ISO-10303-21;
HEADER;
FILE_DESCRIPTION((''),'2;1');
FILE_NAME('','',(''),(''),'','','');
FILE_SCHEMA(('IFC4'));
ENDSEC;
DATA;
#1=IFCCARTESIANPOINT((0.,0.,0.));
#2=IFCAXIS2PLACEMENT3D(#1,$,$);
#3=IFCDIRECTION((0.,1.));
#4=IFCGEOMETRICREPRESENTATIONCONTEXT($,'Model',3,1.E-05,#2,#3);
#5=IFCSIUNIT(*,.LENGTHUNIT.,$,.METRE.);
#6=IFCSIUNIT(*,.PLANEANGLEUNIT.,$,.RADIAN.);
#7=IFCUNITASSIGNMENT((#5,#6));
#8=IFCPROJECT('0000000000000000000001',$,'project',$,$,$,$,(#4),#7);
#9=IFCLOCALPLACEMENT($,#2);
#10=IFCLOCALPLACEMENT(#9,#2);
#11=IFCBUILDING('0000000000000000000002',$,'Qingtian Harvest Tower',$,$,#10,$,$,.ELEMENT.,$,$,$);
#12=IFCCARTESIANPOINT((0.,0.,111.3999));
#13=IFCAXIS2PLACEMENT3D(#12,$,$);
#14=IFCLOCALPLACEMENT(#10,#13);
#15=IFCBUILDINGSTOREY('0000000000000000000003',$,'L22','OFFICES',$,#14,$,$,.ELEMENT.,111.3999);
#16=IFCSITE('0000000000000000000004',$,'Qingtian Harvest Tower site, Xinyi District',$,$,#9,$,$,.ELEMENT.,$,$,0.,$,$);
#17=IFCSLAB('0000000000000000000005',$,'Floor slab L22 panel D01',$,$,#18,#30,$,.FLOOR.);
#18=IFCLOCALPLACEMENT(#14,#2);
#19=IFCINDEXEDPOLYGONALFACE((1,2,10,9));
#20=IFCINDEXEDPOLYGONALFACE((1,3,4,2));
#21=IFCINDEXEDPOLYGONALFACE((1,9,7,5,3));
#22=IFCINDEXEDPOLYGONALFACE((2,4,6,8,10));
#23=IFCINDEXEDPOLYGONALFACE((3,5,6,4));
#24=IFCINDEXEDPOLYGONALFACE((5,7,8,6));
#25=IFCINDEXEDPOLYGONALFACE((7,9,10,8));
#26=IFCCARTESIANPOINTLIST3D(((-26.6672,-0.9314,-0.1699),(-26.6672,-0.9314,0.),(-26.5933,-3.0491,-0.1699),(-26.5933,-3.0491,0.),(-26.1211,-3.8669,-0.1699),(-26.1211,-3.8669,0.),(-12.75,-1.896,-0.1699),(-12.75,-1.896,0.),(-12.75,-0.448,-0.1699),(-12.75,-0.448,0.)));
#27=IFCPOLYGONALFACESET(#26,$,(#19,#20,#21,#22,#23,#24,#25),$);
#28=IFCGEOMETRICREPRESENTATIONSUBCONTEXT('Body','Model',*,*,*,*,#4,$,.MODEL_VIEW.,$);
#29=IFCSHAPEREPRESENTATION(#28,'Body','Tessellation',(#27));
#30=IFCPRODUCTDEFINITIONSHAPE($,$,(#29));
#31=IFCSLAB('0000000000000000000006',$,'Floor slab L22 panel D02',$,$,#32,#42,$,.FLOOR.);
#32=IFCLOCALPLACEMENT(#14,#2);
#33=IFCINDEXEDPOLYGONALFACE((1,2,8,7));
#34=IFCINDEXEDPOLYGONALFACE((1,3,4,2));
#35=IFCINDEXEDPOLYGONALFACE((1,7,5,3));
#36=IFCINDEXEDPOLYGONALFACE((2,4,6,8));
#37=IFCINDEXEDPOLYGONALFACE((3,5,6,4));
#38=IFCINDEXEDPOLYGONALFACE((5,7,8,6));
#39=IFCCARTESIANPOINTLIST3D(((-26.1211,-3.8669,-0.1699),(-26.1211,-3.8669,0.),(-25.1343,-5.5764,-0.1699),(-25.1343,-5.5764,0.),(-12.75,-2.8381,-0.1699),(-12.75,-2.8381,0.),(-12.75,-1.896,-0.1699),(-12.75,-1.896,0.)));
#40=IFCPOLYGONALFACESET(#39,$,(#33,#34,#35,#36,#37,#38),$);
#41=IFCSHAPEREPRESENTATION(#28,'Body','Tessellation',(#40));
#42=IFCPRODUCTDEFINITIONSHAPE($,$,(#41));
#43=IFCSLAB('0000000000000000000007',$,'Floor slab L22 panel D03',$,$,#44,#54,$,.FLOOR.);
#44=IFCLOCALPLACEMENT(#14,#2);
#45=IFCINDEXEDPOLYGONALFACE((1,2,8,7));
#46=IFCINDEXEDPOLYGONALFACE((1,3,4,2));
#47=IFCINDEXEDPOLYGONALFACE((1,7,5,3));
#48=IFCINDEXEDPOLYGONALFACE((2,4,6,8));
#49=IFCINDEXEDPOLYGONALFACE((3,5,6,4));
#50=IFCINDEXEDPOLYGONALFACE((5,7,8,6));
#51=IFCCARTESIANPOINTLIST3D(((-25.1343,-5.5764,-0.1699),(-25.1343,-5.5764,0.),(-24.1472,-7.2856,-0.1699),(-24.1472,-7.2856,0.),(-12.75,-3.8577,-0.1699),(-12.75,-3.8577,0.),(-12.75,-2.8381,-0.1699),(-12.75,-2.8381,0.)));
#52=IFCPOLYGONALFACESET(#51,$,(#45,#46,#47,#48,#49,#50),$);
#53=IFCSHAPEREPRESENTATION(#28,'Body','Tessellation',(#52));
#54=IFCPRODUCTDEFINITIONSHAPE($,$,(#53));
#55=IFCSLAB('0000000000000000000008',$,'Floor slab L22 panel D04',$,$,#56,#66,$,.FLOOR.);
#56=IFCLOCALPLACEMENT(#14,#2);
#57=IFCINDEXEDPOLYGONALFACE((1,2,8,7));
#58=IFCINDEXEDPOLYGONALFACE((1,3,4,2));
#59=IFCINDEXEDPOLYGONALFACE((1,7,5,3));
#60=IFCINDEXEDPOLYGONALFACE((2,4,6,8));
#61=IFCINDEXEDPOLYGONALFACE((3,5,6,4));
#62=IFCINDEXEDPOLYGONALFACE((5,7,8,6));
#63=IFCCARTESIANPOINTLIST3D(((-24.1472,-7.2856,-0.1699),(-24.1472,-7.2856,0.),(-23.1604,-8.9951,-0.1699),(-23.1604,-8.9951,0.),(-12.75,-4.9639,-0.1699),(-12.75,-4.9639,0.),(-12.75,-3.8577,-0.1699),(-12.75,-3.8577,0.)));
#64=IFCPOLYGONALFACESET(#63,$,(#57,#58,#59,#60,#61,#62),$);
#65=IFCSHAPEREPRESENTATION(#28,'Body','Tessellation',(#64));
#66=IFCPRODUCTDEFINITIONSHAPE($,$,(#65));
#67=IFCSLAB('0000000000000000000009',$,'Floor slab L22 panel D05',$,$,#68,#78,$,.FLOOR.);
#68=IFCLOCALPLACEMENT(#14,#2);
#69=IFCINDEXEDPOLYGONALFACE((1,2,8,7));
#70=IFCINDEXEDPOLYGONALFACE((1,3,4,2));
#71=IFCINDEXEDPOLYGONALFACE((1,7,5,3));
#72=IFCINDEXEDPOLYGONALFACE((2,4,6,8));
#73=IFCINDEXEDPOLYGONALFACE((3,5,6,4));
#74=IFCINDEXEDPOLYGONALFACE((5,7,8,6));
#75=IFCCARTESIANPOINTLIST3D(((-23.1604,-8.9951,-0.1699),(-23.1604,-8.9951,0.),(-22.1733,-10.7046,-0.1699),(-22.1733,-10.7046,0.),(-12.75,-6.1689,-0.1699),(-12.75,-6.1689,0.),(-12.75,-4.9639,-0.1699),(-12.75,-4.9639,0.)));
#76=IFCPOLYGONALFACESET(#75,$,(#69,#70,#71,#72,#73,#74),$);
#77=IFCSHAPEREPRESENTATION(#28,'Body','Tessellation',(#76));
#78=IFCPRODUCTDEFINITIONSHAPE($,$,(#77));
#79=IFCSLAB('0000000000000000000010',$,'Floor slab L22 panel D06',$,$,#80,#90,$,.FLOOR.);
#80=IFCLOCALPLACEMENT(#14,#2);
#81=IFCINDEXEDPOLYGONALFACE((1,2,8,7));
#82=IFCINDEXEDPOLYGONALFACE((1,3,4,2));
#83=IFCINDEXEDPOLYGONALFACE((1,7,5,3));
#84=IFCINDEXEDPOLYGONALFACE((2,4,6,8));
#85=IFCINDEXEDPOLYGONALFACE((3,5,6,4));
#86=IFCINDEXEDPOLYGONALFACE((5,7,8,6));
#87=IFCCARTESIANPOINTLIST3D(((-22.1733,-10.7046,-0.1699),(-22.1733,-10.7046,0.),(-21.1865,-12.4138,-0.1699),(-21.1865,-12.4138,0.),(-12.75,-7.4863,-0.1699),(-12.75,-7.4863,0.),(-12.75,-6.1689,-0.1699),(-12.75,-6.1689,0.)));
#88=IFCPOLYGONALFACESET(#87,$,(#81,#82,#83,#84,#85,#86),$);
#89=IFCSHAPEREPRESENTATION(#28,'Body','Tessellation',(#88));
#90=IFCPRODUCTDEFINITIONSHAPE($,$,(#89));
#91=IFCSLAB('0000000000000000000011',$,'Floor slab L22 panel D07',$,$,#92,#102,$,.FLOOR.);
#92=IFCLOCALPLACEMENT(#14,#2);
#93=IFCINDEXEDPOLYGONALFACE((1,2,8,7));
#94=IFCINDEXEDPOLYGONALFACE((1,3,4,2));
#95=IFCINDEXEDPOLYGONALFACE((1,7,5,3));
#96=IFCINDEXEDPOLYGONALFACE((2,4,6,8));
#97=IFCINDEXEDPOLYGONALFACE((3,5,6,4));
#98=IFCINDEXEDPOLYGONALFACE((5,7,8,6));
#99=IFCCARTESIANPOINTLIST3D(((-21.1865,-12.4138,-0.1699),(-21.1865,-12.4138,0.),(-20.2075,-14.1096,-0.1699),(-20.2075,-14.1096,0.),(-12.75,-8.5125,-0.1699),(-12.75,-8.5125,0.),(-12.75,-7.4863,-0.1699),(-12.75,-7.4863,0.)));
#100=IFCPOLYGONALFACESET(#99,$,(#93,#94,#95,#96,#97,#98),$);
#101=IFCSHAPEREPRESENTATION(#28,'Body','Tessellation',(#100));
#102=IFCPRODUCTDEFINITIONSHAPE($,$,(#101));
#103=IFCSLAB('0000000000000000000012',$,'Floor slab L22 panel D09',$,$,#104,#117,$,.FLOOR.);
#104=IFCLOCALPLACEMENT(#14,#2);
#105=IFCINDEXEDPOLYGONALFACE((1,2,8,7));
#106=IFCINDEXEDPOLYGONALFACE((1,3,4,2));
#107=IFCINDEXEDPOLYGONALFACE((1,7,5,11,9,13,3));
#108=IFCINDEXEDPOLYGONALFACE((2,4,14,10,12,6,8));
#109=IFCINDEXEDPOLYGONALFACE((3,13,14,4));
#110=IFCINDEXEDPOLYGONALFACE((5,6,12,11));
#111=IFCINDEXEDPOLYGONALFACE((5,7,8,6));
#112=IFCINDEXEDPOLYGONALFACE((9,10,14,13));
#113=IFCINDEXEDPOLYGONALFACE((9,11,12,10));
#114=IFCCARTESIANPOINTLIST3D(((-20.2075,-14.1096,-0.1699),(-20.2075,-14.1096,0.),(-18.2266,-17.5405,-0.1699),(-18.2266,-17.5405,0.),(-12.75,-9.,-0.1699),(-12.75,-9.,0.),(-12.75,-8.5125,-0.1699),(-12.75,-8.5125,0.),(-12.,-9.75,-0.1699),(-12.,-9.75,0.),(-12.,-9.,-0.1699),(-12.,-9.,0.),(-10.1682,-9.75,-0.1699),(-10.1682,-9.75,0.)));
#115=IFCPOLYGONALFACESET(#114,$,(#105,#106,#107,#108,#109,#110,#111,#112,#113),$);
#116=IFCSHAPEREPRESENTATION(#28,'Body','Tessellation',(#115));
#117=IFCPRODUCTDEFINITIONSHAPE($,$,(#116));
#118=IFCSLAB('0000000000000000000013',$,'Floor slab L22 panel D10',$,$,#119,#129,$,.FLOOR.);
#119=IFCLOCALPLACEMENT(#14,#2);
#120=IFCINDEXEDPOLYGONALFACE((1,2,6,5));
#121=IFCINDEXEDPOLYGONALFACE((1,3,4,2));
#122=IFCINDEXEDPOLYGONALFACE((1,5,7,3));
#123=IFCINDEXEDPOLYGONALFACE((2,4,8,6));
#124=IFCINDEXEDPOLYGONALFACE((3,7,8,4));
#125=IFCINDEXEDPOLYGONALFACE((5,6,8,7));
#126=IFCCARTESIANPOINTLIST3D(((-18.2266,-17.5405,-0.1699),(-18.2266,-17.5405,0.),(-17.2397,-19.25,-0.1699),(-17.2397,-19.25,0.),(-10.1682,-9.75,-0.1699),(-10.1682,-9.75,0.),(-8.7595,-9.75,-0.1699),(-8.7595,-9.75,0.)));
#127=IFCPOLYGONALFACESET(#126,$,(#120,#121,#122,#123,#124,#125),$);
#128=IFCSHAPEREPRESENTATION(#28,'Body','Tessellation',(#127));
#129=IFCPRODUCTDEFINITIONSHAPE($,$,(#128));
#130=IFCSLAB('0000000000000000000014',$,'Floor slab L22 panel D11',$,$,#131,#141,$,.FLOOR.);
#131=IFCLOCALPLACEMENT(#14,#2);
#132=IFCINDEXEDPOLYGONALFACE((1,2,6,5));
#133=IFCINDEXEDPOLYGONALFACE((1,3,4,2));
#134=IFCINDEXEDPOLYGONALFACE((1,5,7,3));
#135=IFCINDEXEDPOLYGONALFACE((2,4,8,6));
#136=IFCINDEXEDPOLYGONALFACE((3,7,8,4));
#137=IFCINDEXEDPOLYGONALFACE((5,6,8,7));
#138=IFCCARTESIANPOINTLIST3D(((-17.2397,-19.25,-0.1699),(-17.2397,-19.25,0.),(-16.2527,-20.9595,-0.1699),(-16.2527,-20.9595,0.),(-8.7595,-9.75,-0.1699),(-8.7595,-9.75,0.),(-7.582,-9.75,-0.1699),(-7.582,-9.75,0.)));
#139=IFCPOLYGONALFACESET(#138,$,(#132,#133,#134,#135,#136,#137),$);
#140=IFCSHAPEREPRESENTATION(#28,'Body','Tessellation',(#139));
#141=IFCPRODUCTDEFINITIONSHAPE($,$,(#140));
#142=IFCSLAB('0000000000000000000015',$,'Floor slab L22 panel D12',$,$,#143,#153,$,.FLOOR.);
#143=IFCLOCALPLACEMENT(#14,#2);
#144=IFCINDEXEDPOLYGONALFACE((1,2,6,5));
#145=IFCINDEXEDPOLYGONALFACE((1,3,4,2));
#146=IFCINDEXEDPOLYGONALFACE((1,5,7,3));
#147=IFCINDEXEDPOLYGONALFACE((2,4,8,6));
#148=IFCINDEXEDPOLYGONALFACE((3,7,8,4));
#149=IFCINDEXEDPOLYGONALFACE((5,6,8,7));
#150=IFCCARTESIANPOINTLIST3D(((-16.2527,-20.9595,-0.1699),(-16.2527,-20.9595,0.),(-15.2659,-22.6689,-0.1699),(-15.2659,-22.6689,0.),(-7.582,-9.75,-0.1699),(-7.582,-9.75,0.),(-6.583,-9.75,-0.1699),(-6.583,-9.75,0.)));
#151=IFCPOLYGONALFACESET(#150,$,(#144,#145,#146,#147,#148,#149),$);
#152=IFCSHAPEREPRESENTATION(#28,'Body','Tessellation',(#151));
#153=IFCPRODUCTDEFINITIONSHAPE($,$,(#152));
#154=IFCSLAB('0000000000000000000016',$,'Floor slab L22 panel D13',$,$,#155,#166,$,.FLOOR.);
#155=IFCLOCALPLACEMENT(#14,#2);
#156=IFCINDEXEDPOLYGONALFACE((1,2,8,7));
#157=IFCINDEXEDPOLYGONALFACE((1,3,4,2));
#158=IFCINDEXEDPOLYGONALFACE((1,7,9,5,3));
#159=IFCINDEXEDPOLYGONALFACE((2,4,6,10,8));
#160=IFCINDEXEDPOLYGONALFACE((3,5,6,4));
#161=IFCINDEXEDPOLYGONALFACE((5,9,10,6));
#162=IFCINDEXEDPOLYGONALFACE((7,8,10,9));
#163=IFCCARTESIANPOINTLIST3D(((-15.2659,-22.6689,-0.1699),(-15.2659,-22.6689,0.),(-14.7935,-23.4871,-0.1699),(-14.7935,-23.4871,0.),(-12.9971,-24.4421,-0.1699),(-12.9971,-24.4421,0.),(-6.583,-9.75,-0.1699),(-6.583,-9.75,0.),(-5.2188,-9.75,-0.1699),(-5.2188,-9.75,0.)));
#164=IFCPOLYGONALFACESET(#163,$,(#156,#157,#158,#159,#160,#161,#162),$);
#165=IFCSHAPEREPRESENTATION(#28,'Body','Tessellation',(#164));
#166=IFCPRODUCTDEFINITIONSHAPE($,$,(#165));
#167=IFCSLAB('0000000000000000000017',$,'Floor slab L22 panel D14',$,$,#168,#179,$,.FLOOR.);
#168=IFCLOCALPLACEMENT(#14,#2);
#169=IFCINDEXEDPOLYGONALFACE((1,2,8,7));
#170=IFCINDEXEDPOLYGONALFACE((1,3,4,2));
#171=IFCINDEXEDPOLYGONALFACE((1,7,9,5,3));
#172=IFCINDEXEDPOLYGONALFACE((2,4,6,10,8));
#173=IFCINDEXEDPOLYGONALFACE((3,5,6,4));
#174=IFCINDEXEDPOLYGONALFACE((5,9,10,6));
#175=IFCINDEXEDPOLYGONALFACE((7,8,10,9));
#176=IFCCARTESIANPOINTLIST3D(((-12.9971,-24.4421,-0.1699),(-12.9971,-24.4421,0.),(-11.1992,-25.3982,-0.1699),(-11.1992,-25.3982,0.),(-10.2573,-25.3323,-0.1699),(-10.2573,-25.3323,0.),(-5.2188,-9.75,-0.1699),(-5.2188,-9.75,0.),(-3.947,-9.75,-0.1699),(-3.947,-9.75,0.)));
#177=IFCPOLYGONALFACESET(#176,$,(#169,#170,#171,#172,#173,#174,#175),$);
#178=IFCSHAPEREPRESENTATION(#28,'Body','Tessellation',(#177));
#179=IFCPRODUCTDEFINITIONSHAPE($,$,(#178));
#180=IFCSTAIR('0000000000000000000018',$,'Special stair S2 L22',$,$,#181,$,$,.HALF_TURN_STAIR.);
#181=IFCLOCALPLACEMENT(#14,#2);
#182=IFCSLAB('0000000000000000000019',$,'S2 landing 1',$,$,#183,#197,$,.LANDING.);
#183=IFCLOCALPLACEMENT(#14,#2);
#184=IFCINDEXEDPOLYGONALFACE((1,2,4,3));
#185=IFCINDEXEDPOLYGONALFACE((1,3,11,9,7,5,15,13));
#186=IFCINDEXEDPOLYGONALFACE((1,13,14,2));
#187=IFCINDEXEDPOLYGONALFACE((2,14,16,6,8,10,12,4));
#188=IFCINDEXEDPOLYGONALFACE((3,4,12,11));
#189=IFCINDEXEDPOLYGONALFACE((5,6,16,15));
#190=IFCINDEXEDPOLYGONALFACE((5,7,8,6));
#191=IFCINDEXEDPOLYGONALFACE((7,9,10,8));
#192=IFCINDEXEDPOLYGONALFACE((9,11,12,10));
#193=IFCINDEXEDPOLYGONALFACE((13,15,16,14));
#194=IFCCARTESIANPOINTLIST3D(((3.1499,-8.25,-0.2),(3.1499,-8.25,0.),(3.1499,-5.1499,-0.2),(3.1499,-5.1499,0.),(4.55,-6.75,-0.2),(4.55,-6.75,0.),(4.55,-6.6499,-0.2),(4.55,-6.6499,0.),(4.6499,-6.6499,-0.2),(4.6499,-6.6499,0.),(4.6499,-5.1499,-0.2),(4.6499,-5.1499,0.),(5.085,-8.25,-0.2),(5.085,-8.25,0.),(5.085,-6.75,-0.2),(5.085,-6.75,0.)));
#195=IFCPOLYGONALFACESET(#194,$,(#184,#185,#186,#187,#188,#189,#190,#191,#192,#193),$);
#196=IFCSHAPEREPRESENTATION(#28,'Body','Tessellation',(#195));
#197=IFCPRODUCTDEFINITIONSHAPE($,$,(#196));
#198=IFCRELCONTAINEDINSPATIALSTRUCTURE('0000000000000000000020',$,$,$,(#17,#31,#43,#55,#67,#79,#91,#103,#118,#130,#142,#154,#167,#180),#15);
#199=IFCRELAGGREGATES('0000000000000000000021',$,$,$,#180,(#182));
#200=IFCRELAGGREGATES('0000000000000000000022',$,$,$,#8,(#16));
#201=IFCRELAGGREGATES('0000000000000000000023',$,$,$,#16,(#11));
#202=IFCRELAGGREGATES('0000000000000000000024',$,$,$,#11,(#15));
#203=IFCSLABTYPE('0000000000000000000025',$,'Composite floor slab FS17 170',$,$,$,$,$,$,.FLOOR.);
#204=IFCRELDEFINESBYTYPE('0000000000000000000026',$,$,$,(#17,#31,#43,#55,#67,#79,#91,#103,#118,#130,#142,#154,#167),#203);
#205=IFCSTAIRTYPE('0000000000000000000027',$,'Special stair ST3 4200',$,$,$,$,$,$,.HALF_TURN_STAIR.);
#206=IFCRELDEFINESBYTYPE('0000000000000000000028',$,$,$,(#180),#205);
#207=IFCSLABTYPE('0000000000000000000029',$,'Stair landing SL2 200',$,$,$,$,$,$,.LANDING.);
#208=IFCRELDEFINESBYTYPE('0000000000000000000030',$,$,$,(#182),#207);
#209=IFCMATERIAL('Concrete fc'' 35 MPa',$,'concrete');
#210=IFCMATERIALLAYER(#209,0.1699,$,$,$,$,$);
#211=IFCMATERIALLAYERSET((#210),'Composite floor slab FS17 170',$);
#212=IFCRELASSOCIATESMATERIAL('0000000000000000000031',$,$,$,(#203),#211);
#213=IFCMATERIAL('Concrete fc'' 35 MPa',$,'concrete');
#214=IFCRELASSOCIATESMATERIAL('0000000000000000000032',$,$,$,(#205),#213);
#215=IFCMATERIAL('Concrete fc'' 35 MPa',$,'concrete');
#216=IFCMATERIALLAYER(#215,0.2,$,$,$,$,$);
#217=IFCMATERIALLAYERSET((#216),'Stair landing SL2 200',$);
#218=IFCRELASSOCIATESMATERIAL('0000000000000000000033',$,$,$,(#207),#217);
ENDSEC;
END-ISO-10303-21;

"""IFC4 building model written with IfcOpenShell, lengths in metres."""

from ifc_helpers import new_model, si_unit, direction, frame, origin, place, context, subcontext, project, spatial, polyline, outline, extrude, material, layer, layer_set, type_object, element, aggregate, save


model = new_model("IFC4")

# Units and contexts
model_context = context("Model", 3, precision=1e-05, world=origin(), true_north=direction((0.0, 1.0)))
body_context = subcontext(model_context, "Body", "Model", "MODEL_VIEW")
ifc_project = project(units=[si_unit("LENGTHUNIT", "METRE"), si_unit("PLANEANGLEUNIT", "RADIAN")], contexts=[model_context])

# Site, building, storey
site_placement = place(None, origin())
site = spatial("IfcSite", under=ifc_project, at=site_placement, Name="Qingtian Harvest Tower site, Xinyi District", CompositionType="ELEMENT", RefElevation=0.0)
building_placement = place(site_placement, origin())
building = spatial("IfcBuilding", under=site, at=building_placement, Name="Qingtian Harvest Tower", CompositionType="ELEMENT")
storey_placement = place(building_placement, frame((0.0, 0.0, 111.3999)))
storey = spatial("IfcBuildingStorey", under=building, at=storey_placement, Name="L22", Description="OFFICES", CompositionType="ELEMENT", Elevation=111.3999)

# Slabs
ifc_material_1 = material(Name="Concrete fc' 35 MPa", Category="concrete")
ifc_layer_1 = layer(ifc_material_1, 0.1699)
ifc_layer_set_1 = layer_set([ifc_layer_1], Name="Composite floor slab FS17 170")
slab_type_1 = type_object("IfcSlabType", Name="Composite floor slab FS17 170", PredefinedType="FLOOR", material=ifc_layer_set_1)
slab_1_placement = place(storey_placement, frame((0.0, 0.0, -0.1699)))
element("IfcSlab", 1, at=slab_1_placement, inside=storey, type_object=slab_type_1, Name="Floor slab L22 panel D01", PredefinedType="FLOOR", context=body_context, shape_type="SweptSolid", body=[
    extrude(outline(polyline([(-26.6672, -0.9314), (-12.75, -0.448), (-12.75, -1.896), (-26.1211, -3.8669), (-26.5933, -3.0491), (-26.6672, -0.9314)])), origin(), (0.0, 0.0, 1.0), 0.1699),
])
slab_2_placement = place(storey_placement, frame((0.0, 0.0, -0.1699)))
element("IfcSlab", 2, at=slab_2_placement, inside=storey, type_object=slab_type_1, Name="Floor slab L22 panel D02", PredefinedType="FLOOR", context=body_context, shape_type="SweptSolid", body=[
    extrude(outline(polyline([(-12.75, -2.8381), (-25.1343, -5.5764), (-26.1211, -3.8669), (-12.75, -1.896), (-12.75, -2.8381)])), origin(), (0.0, 0.0, 1.0), 0.1699),
])
slab_3_placement = place(storey_placement, frame((0.0, 0.0, -0.1699)))
element("IfcSlab", 3, at=slab_3_placement, inside=storey, type_object=slab_type_1, Name="Floor slab L22 panel D03", PredefinedType="FLOOR", context=body_context, shape_type="SweptSolid", body=[
    extrude(outline(polyline([(-12.75, -3.8577), (-24.1472, -7.2856), (-25.1343, -5.5764), (-12.75, -2.8381), (-12.75, -3.8577)])), origin(), (0.0, 0.0, 1.0), 0.1699),
])
slab_4_placement = place(storey_placement, frame((0.0, 0.0, -0.1699)))
element("IfcSlab", 4, at=slab_4_placement, inside=storey, type_object=slab_type_1, Name="Floor slab L22 panel D04", PredefinedType="FLOOR", context=body_context, shape_type="SweptSolid", body=[
    extrude(outline(polyline([(-12.75, -4.9639), (-23.1604, -8.9951), (-24.1472, -7.2856), (-12.75, -3.8577), (-12.75, -4.9639)])), origin(), (0.0, 0.0, 1.0), 0.1699),
])
slab_5_placement = place(storey_placement, frame((0.0, 0.0, -0.1699)))
element("IfcSlab", 5, at=slab_5_placement, inside=storey, type_object=slab_type_1, Name="Floor slab L22 panel D05", PredefinedType="FLOOR", context=body_context, shape_type="SweptSolid", body=[
    extrude(outline(polyline([(-12.75, -6.1689), (-22.1733, -10.7046), (-23.1604, -8.9951), (-12.75, -4.9639), (-12.75, -6.1689)])), origin(), (0.0, 0.0, 1.0), 0.1699),
])
slab_6_placement = place(storey_placement, frame((0.0, 0.0, -0.1699)))
element("IfcSlab", 6, at=slab_6_placement, inside=storey, type_object=slab_type_1, Name="Floor slab L22 panel D06", PredefinedType="FLOOR", context=body_context, shape_type="SweptSolid", body=[
    extrude(outline(polyline([(-12.75, -7.4863), (-21.1865, -12.4138), (-22.1733, -10.7046), (-12.75, -6.1689), (-12.75, -7.4863)])), origin(), (0.0, 0.0, 1.0), 0.1699),
])
slab_7_placement = place(storey_placement, frame((0.0, 0.0, -0.1699)))
element("IfcSlab", 7, at=slab_7_placement, inside=storey, type_object=slab_type_1, Name="Floor slab L22 panel D07", PredefinedType="FLOOR", context=body_context, shape_type="SweptSolid", body=[
    extrude(outline(polyline([(-12.75, -8.5125), (-20.2075, -14.1096), (-21.1865, -12.4138), (-12.75, -7.4863), (-12.75, -8.5125)])), origin(), (0.0, 0.0, 1.0), 0.1699),
])
slab_8_placement = place(storey_placement, frame((0.0, 0.0, -0.1699)))
element("IfcSlab", 8, at=slab_8_placement, inside=storey, type_object=slab_type_1, Name="Floor slab L22 panel D09", PredefinedType="FLOOR", context=body_context, shape_type="SweptSolid", body=[
    extrude(outline(polyline([(-18.2266, -17.5405), (-20.2075, -14.1096), (-12.75, -8.5125), (-12.75, -9.0), (-12.0, -9.0), (-12.0, -9.75), (-10.1682, -9.75), (-18.2266, -17.5405)])), origin(), (0.0, 0.0, 1.0), 0.1699),
])
slab_9_placement = place(storey_placement, frame((0.0, 0.0, -0.1699)))
element("IfcSlab", 9, at=slab_9_placement, inside=storey, type_object=slab_type_1, Name="Floor slab L22 panel D10", PredefinedType="FLOOR", context=body_context, shape_type="SweptSolid", body=[
    extrude(outline(polyline([(-8.7595, -9.75), (-17.2397, -19.25), (-18.2266, -17.5405), (-10.1682, -9.75), (-8.7595, -9.75)])), origin(), (0.0, 0.0, 1.0), 0.1699),
])
slab_10_placement = place(storey_placement, frame((0.0, 0.0, -0.1699)))
element("IfcSlab", 10, at=slab_10_placement, inside=storey, type_object=slab_type_1, Name="Floor slab L22 panel D11", PredefinedType="FLOOR", context=body_context, shape_type="SweptSolid", body=[
    extrude(outline(polyline([(-7.582, -9.75), (-16.2527, -20.9595), (-17.2397, -19.25), (-8.7595, -9.75), (-7.582, -9.75)])), origin(), (0.0, 0.0, 1.0), 0.1699),
])
slab_11_placement = place(storey_placement, frame((0.0, 0.0, -0.1699)))
element("IfcSlab", 11, at=slab_11_placement, inside=storey, type_object=slab_type_1, Name="Floor slab L22 panel D12", PredefinedType="FLOOR", context=body_context, shape_type="SweptSolid", body=[
    extrude(outline(polyline([(-6.583, -9.75), (-15.2659, -22.6689), (-16.2527, -20.9595), (-7.582, -9.75), (-6.583, -9.75)])), origin(), (0.0, 0.0, 1.0), 0.1699),
])
slab_12_placement = place(storey_placement, frame((0.0, 0.0, -0.1699)))
element("IfcSlab", 12, at=slab_12_placement, inside=storey, type_object=slab_type_1, Name="Floor slab L22 panel D13", PredefinedType="FLOOR", context=body_context, shape_type="SweptSolid", body=[
    extrude(outline(polyline([(-6.583, -9.75), (-5.2188, -9.75), (-12.9971, -24.4421), (-14.7935, -23.4871), (-15.2659, -22.6689), (-6.583, -9.75)])), origin(), (0.0, 0.0, 1.0), 0.1699),
])
slab_13_placement = place(storey_placement, frame((0.0, 0.0, -0.1699)))
element("IfcSlab", 13, at=slab_13_placement, inside=storey, type_object=slab_type_1, Name="Floor slab L22 panel D14", PredefinedType="FLOOR", context=body_context, shape_type="SweptSolid", body=[
    extrude(outline(polyline([(-5.2188, -9.75), (-3.947, -9.75), (-10.2573, -25.3323), (-11.1992, -25.3982), (-12.9971, -24.4421), (-5.2188, -9.75)])), origin(), (0.0, 0.0, 1.0), 0.1699),
])

# Stair, slab
ifc_material_2 = material(Name="Concrete fc' 35 MPa", Category="concrete")
stair_type = type_object("IfcStairType", Name="Special stair ST3 4200", PredefinedType="HALF_TURN_STAIR", material=ifc_material_2)
stair_placement = place(storey_placement, origin())
stair = element("IfcStair", 14, at=stair_placement, inside=storey, type_object=stair_type, Name="Special stair S2 L22", PredefinedType="HALF_TURN_STAIR")
ifc_material_3 = material(Name="Concrete fc' 35 MPa", Category="concrete")
ifc_layer_2 = layer(ifc_material_3, 0.2)
ifc_layer_set_2 = layer_set([ifc_layer_2], Name="Stair landing SL2 200")
slab_type_2 = type_object("IfcSlabType", Name="Stair landing SL2 200", PredefinedType="LANDING", material=ifc_layer_set_2)
slab_14_placement = place(storey_placement, frame((0.0, 0.0, -0.2)))
slab_14 = element("IfcSlab", 15, at=slab_14_placement, type_object=slab_type_2, Name="S2 landing 1", PredefinedType="LANDING", context=body_context, shape_type="SweptSolid", body=[
    extrude(outline(polyline([(5.085, -8.25), (3.1499, -8.25), (3.1499, -5.1499), (4.6499, -5.1499), (4.6499, -6.6499), (4.55, -6.6499), (4.55, -6.75), (5.085, -6.75), (5.085, -8.25)])), origin(), (0.0, 0.0, 1.0), 0.2),
])
aggregate(stair, [slab_14])

save(model, "model.ifc")
